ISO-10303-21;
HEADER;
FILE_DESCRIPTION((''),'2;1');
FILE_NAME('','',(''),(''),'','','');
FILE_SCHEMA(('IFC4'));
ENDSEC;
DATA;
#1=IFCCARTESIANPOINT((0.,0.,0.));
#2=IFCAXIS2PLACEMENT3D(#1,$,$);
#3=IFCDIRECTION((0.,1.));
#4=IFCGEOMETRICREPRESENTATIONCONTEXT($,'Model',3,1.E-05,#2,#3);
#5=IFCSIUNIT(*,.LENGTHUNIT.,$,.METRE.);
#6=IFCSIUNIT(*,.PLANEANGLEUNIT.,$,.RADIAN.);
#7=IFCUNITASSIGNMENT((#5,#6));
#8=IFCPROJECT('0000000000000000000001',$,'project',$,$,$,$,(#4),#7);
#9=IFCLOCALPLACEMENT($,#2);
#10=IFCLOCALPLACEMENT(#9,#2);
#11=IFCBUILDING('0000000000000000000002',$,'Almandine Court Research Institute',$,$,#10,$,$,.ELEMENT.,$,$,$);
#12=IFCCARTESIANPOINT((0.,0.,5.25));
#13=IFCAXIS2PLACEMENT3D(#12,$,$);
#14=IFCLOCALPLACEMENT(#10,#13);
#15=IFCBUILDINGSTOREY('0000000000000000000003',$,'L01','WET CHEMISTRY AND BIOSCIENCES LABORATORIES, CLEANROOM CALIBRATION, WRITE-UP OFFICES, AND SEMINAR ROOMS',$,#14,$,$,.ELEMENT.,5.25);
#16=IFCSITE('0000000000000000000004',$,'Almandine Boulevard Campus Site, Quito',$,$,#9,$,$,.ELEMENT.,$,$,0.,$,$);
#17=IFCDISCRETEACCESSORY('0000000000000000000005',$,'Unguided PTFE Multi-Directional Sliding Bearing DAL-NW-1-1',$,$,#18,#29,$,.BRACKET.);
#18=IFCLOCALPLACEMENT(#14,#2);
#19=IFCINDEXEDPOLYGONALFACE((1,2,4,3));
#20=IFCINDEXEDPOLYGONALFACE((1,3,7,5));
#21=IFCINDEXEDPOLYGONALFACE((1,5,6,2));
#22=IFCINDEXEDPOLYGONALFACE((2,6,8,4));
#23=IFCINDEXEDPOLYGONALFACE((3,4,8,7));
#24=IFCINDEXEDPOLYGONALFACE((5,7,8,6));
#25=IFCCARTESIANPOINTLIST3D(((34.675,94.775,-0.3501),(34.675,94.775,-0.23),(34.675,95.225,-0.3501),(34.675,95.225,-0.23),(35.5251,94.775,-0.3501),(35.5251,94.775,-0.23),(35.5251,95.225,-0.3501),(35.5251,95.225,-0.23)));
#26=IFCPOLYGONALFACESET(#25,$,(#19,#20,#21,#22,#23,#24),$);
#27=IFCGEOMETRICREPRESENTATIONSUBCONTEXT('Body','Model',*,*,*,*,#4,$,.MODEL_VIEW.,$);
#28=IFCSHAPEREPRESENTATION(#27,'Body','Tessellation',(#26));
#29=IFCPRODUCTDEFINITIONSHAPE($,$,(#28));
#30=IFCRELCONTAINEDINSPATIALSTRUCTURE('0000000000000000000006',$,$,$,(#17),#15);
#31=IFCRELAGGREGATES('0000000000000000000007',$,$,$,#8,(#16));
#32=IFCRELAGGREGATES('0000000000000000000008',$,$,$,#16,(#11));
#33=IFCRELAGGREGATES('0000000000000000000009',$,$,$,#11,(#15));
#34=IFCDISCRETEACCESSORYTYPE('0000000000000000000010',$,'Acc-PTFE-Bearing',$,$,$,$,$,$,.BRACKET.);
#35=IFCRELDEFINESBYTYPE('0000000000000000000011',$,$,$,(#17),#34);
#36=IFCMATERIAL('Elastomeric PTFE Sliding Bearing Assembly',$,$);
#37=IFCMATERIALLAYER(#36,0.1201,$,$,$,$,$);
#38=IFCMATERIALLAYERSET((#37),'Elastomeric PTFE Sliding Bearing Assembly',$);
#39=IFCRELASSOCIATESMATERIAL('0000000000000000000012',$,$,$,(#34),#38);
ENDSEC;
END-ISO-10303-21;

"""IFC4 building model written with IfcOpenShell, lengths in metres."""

from ifc_helpers import new_model, si_unit, direction, frame, origin, origin_2d, place, context, subcontext, project, spatial, rectangle, extrude, material, layer, layer_set, type_object, element, save


model = new_model("IFC4")

# Units and contexts
model_context = context("Model", 3, precision=1e-05, world=origin(), true_north=direction((0.0, 1.0)))
body_context = subcontext(model_context, "Body", "Model", "MODEL_VIEW")
ifc_project = project(units=[si_unit("LENGTHUNIT", "METRE"), si_unit("PLANEANGLEUNIT", "RADIAN")], contexts=[model_context])

# Site, building, storey
site_placement = place(None, origin())
site = spatial("IfcSite", under=ifc_project, at=site_placement, Name="Almandine Boulevard Campus Site, Quito", CompositionType="ELEMENT", RefElevation=0.0)
building_placement = place(site_placement, origin())
building = spatial("IfcBuilding", under=site, at=building_placement, Name="Almandine Court Research Institute", CompositionType="ELEMENT")
storey_placement = place(building_placement, frame((0.0, 0.0, 5.25)))
storey = spatial("IfcBuildingStorey", under=building, at=storey_placement, Name="L01", Description="WET CHEMISTRY AND BIOSCIENCES LABORATORIES, CLEANROOM CALIBRATION, WRITE-UP OFFICES, AND SEMINAR ROOMS", CompositionType="ELEMENT", Elevation=5.25)

# Discrete accessory
ifc_material_1 = material(Name="Elastomeric PTFE Sliding Bearing Assembly")
ifc_layer_1 = layer(ifc_material_1, 0.1201)
ifc_layer_set_1 = layer_set([ifc_layer_1], Name="Elastomeric PTFE Sliding Bearing Assembly")
discrete_accessory_type_1 = type_object("IfcDiscreteAccessoryType", Name="Acc-PTFE-Bearing", PredefinedType="BRACKET", material=ifc_layer_set_1)
discrete_accessory_1_placement = place(storey_placement, frame((35.1001, 95.0, -0.3501), z_axis=(0.0, 0.0, 1.0), x_axis=(1.0, 0.0, 0.0)))
element("IfcDiscreteAccessory", 1, at=discrete_accessory_1_placement, inside=storey, type_object=discrete_accessory_type_1, Name="Unguided PTFE Multi-Directional Sliding Bearing DAL-NW-1-1", PredefinedType="BRACKET", context=body_context, shape_type="SweptSolid", body=[
    extrude(rectangle(XDim=0.8501, YDim=0.45, at=origin_2d()), origin(), (0.0, 0.0, 1.0), 0.1201),
])

save(model, "model.ifc")
